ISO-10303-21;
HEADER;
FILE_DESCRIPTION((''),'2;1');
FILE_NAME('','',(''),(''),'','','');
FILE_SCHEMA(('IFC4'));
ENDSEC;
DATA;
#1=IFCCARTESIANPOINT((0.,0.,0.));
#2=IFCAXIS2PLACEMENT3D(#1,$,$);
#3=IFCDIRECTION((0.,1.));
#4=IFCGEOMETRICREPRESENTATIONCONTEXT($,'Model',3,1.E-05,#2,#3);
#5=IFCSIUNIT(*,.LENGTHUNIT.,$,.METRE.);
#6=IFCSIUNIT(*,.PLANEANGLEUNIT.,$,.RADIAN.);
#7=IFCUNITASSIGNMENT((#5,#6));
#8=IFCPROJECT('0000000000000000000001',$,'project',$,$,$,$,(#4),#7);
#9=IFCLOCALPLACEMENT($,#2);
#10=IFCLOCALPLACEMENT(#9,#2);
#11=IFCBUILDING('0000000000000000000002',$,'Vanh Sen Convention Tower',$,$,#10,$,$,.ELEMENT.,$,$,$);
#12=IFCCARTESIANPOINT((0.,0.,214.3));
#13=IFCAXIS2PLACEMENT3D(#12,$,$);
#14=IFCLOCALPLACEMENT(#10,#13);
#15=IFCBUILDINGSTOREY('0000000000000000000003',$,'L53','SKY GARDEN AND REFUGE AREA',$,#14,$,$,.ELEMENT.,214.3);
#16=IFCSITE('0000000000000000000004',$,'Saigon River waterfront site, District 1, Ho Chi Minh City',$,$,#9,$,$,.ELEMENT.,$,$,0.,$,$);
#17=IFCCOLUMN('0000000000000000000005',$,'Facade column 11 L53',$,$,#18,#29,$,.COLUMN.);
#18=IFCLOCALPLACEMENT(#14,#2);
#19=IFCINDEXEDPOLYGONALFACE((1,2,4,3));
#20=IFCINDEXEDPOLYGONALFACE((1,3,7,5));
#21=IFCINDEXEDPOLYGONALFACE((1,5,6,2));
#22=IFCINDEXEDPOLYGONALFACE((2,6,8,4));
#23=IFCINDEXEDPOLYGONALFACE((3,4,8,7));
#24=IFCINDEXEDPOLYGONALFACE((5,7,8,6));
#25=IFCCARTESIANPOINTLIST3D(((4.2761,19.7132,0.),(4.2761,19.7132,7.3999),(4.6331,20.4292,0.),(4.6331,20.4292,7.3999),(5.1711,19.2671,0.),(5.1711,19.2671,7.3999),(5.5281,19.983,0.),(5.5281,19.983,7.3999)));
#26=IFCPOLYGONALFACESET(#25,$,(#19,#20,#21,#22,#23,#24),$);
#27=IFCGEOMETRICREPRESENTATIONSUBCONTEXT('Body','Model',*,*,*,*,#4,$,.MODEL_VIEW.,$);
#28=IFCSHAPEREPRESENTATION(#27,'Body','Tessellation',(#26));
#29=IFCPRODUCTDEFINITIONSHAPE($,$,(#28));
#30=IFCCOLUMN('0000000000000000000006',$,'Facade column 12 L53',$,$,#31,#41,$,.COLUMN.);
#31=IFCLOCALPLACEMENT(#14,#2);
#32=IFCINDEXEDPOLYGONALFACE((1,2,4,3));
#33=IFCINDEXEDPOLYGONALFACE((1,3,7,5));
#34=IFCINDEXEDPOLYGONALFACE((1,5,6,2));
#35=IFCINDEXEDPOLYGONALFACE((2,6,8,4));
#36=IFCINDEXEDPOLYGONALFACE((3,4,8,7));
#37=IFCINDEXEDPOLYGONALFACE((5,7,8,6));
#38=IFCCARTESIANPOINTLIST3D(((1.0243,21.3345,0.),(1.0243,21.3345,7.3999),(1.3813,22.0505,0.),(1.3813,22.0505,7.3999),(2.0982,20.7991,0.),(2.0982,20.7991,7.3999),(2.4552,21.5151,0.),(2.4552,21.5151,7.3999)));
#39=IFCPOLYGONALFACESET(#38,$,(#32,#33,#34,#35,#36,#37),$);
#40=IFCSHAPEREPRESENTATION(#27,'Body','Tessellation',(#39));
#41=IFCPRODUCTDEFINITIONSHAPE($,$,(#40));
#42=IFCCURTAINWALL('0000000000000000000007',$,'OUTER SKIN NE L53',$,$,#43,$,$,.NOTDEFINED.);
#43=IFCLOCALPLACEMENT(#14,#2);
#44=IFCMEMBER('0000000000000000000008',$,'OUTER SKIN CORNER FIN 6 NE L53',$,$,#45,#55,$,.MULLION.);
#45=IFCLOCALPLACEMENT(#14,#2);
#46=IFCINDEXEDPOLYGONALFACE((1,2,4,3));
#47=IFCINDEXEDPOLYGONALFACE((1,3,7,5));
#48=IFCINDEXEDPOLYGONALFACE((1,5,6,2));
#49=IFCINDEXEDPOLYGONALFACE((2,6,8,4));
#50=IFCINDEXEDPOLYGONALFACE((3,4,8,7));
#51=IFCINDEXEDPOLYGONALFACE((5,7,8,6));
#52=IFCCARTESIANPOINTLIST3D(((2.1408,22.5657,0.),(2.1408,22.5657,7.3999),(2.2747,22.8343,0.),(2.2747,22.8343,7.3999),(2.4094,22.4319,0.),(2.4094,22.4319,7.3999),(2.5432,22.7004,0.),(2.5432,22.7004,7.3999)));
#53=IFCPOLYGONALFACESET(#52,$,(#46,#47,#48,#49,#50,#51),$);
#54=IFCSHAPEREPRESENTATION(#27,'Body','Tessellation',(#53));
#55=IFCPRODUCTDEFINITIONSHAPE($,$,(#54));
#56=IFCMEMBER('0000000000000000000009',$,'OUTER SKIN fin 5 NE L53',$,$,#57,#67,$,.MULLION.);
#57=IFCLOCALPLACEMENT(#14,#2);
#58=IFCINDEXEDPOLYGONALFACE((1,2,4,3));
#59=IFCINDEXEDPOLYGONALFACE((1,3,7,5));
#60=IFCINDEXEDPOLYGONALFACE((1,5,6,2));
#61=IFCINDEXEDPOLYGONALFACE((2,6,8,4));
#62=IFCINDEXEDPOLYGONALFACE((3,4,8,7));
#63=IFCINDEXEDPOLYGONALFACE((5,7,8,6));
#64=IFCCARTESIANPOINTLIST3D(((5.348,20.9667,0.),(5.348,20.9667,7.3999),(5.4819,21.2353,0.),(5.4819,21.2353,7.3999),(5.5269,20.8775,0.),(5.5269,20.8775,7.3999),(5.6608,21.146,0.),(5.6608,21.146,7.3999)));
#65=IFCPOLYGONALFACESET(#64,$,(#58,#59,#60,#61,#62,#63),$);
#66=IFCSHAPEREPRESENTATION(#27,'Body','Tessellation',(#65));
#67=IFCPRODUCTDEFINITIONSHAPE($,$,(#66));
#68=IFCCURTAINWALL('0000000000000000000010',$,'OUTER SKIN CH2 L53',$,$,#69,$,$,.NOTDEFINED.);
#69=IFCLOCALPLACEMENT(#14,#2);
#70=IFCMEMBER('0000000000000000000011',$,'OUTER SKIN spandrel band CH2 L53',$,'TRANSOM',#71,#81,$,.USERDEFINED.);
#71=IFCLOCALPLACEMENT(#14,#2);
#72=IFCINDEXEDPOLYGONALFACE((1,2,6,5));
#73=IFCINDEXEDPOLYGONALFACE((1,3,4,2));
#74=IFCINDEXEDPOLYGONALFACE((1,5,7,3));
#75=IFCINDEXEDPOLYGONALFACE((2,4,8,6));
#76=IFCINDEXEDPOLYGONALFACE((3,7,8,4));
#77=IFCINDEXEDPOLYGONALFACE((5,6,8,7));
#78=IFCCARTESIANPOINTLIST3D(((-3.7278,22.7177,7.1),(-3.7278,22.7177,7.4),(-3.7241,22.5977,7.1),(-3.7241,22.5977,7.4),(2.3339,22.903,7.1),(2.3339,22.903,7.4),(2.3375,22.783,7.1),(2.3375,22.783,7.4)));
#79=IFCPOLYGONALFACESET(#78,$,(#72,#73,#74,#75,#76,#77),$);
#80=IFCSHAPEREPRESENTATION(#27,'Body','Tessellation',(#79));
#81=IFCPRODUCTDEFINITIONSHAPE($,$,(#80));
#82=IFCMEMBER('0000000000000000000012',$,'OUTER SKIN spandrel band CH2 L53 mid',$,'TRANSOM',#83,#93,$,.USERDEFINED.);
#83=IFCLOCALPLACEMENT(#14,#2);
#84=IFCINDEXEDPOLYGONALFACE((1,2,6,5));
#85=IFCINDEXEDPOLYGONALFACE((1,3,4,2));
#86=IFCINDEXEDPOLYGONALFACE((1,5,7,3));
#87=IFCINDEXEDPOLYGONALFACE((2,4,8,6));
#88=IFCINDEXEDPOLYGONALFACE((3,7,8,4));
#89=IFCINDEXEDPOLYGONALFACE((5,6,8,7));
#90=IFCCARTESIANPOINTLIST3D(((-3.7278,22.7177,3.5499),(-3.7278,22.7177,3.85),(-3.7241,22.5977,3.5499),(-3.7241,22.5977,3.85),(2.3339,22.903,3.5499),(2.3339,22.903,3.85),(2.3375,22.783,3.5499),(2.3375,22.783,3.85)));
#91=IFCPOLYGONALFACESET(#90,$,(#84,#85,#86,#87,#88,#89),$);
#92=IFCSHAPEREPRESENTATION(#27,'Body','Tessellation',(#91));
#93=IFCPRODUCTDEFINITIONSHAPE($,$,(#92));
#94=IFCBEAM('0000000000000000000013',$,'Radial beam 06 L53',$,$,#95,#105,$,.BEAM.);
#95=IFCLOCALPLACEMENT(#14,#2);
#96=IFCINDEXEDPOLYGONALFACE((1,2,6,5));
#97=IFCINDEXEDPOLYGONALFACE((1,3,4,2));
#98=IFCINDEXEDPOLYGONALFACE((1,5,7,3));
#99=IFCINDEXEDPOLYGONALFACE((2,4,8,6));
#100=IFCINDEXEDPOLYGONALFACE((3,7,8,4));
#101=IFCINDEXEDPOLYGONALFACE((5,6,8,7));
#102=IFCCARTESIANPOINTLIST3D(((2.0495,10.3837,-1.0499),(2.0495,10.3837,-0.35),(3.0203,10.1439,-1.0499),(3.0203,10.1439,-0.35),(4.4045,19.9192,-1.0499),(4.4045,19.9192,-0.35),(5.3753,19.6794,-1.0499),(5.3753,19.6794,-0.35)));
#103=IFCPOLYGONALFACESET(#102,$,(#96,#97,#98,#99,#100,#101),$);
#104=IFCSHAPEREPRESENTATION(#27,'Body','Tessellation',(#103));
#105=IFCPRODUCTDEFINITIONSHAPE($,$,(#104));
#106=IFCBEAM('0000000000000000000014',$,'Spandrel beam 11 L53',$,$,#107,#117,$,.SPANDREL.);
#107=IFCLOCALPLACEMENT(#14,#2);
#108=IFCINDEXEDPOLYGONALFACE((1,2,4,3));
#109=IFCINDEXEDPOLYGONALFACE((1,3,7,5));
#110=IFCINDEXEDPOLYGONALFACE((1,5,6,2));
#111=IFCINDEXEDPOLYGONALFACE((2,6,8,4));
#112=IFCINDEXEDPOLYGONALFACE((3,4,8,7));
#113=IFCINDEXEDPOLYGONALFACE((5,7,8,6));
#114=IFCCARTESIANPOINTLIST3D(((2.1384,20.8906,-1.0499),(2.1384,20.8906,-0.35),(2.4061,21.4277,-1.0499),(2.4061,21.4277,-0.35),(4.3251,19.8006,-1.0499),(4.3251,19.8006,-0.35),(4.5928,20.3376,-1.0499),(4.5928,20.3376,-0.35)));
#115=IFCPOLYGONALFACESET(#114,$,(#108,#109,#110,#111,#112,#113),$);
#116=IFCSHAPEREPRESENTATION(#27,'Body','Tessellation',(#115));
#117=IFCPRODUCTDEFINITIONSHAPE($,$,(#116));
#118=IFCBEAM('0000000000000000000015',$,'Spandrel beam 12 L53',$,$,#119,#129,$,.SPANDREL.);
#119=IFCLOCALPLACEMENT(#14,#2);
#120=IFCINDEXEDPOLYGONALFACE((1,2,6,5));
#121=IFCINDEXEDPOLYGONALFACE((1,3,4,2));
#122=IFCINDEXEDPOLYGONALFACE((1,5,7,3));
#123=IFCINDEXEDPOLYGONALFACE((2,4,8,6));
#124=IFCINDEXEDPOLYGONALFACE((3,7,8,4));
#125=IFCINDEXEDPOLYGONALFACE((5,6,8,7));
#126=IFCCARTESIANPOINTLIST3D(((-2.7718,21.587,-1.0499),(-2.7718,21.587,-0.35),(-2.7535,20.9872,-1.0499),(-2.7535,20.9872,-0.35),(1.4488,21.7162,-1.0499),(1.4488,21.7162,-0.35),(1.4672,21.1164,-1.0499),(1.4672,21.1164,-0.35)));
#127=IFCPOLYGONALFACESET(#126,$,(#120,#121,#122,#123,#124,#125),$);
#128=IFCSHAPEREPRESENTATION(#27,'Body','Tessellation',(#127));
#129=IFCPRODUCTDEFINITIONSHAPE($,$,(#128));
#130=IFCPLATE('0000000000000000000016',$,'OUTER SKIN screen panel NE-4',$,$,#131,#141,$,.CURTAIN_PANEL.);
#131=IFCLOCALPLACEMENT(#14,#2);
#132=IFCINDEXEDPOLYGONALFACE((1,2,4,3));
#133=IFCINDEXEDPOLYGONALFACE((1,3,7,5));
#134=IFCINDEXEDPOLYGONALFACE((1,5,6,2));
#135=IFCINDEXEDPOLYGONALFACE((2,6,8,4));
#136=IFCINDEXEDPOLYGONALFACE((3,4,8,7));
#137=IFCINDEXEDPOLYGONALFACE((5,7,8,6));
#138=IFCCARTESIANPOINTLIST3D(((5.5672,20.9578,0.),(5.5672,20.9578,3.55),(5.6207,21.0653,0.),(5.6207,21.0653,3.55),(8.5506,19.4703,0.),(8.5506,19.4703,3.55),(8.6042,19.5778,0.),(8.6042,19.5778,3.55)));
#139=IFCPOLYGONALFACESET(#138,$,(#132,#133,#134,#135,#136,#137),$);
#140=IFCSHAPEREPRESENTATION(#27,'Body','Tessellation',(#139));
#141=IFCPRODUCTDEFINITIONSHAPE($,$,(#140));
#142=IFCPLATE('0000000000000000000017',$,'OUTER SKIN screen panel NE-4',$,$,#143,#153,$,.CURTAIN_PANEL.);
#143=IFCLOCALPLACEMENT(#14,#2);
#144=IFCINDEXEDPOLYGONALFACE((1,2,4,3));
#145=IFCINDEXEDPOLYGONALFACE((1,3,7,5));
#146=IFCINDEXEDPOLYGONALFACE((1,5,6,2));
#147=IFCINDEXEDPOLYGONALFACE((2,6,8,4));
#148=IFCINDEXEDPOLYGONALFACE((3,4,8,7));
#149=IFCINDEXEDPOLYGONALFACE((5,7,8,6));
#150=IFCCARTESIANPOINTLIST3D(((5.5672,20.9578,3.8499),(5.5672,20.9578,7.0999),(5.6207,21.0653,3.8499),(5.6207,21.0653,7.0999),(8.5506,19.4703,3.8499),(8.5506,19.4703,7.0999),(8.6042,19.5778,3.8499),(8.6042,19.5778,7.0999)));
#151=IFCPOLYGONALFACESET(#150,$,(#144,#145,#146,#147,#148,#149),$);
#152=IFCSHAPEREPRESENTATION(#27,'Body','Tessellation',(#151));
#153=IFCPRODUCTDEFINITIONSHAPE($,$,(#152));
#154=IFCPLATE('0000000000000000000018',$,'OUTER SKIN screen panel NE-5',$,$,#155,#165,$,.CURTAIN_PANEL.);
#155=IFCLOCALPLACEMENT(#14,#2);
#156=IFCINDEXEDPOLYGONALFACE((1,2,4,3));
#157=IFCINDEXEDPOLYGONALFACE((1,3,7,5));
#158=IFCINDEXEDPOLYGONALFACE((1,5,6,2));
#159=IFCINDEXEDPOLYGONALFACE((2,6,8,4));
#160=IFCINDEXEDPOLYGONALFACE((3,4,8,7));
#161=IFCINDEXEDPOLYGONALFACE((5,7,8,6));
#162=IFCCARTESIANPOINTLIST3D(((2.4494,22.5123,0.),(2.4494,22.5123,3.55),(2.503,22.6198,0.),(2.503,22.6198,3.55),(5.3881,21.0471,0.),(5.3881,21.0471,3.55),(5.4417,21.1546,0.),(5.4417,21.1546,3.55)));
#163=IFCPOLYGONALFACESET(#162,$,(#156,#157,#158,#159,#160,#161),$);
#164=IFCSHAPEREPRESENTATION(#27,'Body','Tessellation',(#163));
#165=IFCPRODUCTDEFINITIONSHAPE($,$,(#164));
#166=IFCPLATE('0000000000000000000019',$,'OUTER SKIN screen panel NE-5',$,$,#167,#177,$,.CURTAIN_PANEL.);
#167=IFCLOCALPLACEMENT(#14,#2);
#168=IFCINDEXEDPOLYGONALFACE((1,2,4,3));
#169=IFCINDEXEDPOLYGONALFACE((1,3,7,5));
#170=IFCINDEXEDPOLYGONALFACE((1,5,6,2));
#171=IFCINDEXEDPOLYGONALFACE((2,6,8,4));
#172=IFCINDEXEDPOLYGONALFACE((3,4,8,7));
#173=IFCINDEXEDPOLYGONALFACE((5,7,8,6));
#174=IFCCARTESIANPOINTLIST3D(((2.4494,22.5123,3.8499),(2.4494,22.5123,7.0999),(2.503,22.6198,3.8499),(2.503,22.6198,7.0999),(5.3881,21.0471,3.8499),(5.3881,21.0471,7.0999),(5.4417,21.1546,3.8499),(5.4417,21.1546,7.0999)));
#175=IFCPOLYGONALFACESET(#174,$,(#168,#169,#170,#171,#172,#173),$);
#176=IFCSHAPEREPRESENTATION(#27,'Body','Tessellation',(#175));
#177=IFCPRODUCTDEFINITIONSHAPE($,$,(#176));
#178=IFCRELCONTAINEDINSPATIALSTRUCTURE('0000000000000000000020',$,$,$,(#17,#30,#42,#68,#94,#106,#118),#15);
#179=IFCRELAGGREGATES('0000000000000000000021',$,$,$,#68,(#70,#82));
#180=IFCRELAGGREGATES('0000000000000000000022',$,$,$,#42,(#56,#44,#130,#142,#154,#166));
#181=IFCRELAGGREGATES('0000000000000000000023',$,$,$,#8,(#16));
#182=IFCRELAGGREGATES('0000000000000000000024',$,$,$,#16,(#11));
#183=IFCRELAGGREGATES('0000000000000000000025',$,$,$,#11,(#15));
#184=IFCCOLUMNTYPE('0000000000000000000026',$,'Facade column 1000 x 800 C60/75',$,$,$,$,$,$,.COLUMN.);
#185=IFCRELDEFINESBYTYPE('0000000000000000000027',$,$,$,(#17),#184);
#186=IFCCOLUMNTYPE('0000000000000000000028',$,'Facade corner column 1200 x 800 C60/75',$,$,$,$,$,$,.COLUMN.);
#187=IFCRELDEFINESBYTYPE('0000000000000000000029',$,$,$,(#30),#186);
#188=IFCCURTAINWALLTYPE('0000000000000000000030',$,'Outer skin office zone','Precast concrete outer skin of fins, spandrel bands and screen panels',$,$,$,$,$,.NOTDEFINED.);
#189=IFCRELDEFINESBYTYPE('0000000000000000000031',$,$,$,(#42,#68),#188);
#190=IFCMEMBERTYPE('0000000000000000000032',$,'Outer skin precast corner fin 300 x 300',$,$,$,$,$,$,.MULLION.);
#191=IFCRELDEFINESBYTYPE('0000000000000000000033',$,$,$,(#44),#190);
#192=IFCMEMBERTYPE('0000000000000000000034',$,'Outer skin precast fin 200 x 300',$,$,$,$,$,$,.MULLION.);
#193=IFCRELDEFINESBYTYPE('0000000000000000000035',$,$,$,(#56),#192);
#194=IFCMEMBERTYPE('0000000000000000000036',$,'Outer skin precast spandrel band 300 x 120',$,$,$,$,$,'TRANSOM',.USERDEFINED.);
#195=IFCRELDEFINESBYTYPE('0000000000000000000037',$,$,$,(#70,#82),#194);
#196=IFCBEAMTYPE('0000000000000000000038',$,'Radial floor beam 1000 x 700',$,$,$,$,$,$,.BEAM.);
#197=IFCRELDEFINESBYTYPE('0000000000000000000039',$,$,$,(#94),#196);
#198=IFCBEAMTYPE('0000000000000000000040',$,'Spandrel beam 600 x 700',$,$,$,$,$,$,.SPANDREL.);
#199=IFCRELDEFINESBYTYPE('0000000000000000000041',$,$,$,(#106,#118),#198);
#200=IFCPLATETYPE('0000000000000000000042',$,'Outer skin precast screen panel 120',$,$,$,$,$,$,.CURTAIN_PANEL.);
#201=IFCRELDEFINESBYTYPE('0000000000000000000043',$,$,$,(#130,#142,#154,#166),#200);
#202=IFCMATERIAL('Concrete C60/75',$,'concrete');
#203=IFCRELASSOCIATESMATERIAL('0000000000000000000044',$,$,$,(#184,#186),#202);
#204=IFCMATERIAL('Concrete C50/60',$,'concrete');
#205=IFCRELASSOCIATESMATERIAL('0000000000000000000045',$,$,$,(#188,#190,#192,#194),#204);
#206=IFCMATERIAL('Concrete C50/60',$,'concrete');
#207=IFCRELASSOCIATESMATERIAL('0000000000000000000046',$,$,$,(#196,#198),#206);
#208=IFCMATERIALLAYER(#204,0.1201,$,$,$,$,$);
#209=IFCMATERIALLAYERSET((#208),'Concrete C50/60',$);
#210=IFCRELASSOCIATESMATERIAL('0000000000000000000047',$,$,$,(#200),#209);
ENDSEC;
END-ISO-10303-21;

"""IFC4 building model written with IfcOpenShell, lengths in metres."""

from ifc_helpers import new_model, si_unit, direction, frame, origin, origin_2d, place, context, subcontext, project, spatial, rectangle, extrude, material, layer, layer_set, material_profile, profile_set, type_object, element, aggregate, save


model = new_model("IFC4")

# Units and contexts
model_context = context("Model", 3, precision=1e-05, world=origin(), true_north=direction((0.0, 1.0)))
body_context = subcontext(model_context, "Body", "Model", "MODEL_VIEW")
ifc_project = project(units=[si_unit("LENGTHUNIT", "METRE"), si_unit("PLANEANGLEUNIT", "RADIAN")], contexts=[model_context])

# Site, building, storey
site_placement = place(None, origin())
site = spatial("IfcSite", under=ifc_project, at=site_placement, Name="Saigon River waterfront site, District 1, Ho Chi Minh City", CompositionType="ELEMENT", RefElevation=0.0)
building_placement = place(site_placement, origin())
building = spatial("IfcBuilding", under=site, at=building_placement, Name="Vanh Sen Convention Tower", CompositionType="ELEMENT")
storey_placement = place(building_placement, frame((0.0, 0.0, 214.3)))
storey = spatial("IfcBuildingStorey", under=building, at=storey_placement, Name="L53", Description="SKY GARDEN AND REFUGE AREA", CompositionType="ELEMENT", Elevation=214.3)

# Columns
ifc_material_1 = material(Name="Concrete C60/75", Category="concrete")
ifc_material_profile_1 = material_profile(ifc_material_1, rectangle(XDim=1.0, YDim=0.8, at=origin_2d()), Name="RC 1000X800")
ifc_profile_set_1 = profile_set([ifc_material_profile_1], Name="Concrete C60/75")
column_type_1 = type_object("IfcColumnType", Name="Facade column 1000 x 800 C60/75", PredefinedType="COLUMN", material=ifc_profile_set_1)
column_1_placement = place(storey_placement, frame((4.9021, 19.8481, 0.0), z_axis=(0.0, 0.0, 1.0), x_axis=(-0.894934, 0.446198, 0.0)))
element("IfcColumn", 1, at=column_1_placement, inside=storey, type_object=column_type_1, Name="Facade column 11 L53", PredefinedType="COLUMN", context=body_context, shape_type="SweptSolid", body=[
    extrude(rectangle(XDim=1.0, YDim=0.8, at=origin_2d()), origin(), (0.0, 0.0, 1.0), 7.3999),
])
ifc_material_profile_2 = material_profile(ifc_material_1, rectangle(XDim=1.2, YDim=0.8, at=origin_2d()), Name="RC 1200X800")
ifc_profile_set_2 = profile_set([ifc_material_profile_2], Name="Concrete C60/75")
column_type_2 = type_object("IfcColumnType", Name="Facade corner column 1200 x 800 C60/75", PredefinedType="COLUMN", material=ifc_profile_set_2)
column_2_placement = place(storey_placement, frame((1.7397, 21.4248, 0.0), z_axis=(0.0, 0.0, 1.0), x_axis=(-0.894934, 0.446198, 0.0)))
element("IfcColumn", 2, at=column_2_placement, inside=storey, type_object=column_type_2, Name="Facade column 12 L53", PredefinedType="COLUMN", context=body_context, shape_type="SweptSolid", body=[
    extrude(rectangle(XDim=1.2, YDim=0.8, at=origin_2d()), origin(), (0.0, 0.0, 1.0), 7.3999),
])

# Curtain walls, members
ifc_material_2 = material(Name="Concrete C50/60", Category="concrete")
curtain_wall_type = type_object("IfcCurtainWallType", Name="Outer skin office zone", Description="Precast concrete outer skin of fins, spandrel bands and screen panels", PredefinedType="NOTDEFINED", material=ifc_material_2)
curtain_wall_1_placement = place(storey_placement, origin())
curtain_wall_1 = element("IfcCurtainWall", 3, at=curtain_wall_1_placement, inside=storey, type_object=curtain_wall_type, Name="OUTER SKIN NE L53", PredefinedType="NOTDEFINED")
ifc_material_profile_3 = material_profile(ifc_material_2, rectangle(XDim=0.3, YDim=0.3, at=origin_2d()), Name="Outer skin precast corner fin 300 x 300")
ifc_profile_set_3 = profile_set([ifc_material_profile_3], Name="Concrete C50/60")
member_type_1 = type_object("IfcMemberType", Name="Outer skin precast corner fin 300 x 300", PredefinedType="MULLION", material=ifc_profile_set_3)
member_1_placement = place(storey_placement, frame((2.342, 22.6331, 0.0), z_axis=(0.0, 0.0, 1.0), x_axis=(-0.894934, 0.446198, 0.0)))
member_1 = element("IfcMember", 4, at=member_1_placement, type_object=member_type_1, Name="OUTER SKIN CORNER FIN 6 NE L53", PredefinedType="MULLION", context=body_context, shape_type="SweptSolid", body=[
    extrude(rectangle(XDim=0.3, YDim=0.3, at=origin_2d()), origin(), (0.0, 0.0, 1.0), 7.3999),
])
ifc_material_profile_4 = material_profile(ifc_material_2, rectangle(XDim=0.2, YDim=0.3, at=origin_2d()), Name="Outer skin precast fin 200 x 300")
ifc_profile_set_4 = profile_set([ifc_material_profile_4], Name="Concrete C50/60")
member_type_2 = type_object("IfcMemberType", Name="Outer skin precast fin 200 x 300", PredefinedType="MULLION", material=ifc_profile_set_4)
member_2_placement = place(storey_placement, frame((5.5044, 21.0564, 0.0), z_axis=(0.0, 0.0, 1.0), x_axis=(-0.894934, 0.446198, 0.0)))
member_2 = element("IfcMember", 5, at=member_2_placement, type_object=member_type_2, Name="OUTER SKIN fin 5 NE L53", PredefinedType="MULLION", context=body_context, shape_type="SweptSolid", body=[
    extrude(rectangle(XDim=0.2, YDim=0.3, at=origin_2d()), origin(), (0.0, 0.0, 1.0), 7.3999),
])
curtain_wall_2_placement = place(storey_placement, origin())
curtain_wall_2 = element("IfcCurtainWall", 6, at=curtain_wall_2_placement, inside=storey, type_object=curtain_wall_type, Name="OUTER SKIN CH2 L53", PredefinedType="NOTDEFINED")
ifc_material_profile_5 = material_profile(ifc_material_2, rectangle(XDim=0.1201, YDim=0.3, at=origin_2d()), Name="Outer skin precast spandrel band 300 x 120")
ifc_profile_set_5 = profile_set([ifc_material_profile_5], Name="Concrete C50/60")
member_type_3 = type_object("IfcMemberType", Name="Outer skin precast spandrel band 300 x 120", ElementType="TRANSOM", PredefinedType="USERDEFINED", material=ifc_profile_set_5)
member_3_placement = place(storey_placement, frame((2.3357, 22.843, 7.25), z_axis=(-0.999533, -0.030556, 0.0), x_axis=(0.030556, -0.999533, 0.0)))
member_3 = element("IfcMember", 7, at=member_3_placement, type_object=member_type_3, Name="OUTER SKIN spandrel band CH2 L53", ObjectType="TRANSOM", PredefinedType="USERDEFINED", context=body_context, shape_type="SweptSolid", body=[
    extrude(rectangle(XDim=0.1201, YDim=0.3, at=origin_2d()), origin(), (0.0, 0.0, 1.0), 6.0645),
])
member_4_placement = place(storey_placement, frame((2.3357, 22.843, 3.7), z_axis=(-0.999533, -0.030556, 0.0), x_axis=(0.030556, -0.999533, 0.0)))
member_4 = element("IfcMember", 8, at=member_4_placement, type_object=member_type_3, Name="OUTER SKIN spandrel band CH2 L53 mid", ObjectType="TRANSOM", PredefinedType="USERDEFINED", context=body_context, shape_type="SweptSolid", body=[
    extrude(rectangle(XDim=0.1201, YDim=0.3, at=origin_2d()), origin(), (0.0, 0.0, 1.0), 6.0645),
])
aggregate(curtain_wall_2, [member_3, member_4])

# Beams
ifc_material_3 = material(Name="Concrete C50/60", Category="concrete")
ifc_material_profile_6 = material_profile(ifc_material_3, rectangle(XDim=1.0, YDim=0.7, at=origin_2d()), Name="RC 1000X700")
ifc_profile_set_6 = profile_set([ifc_material_profile_6], Name="Concrete C50/60")
beam_type_1 = type_object("IfcBeamType", Name="Radial floor beam 1000 x 700", PredefinedType="BEAM", material=ifc_profile_set_6)
beam_1_placement = place(storey_placement, frame((4.8899, 19.7993, -0.7), z_axis=(-0.239768, -0.97083, 0.0), x_axis=(0.97083, -0.239768, 0.0)))
element("IfcBeam", 9, at=beam_1_placement, inside=storey, type_object=beam_type_1, Name="Radial beam 06 L53", PredefinedType="BEAM", context=body_context, shape_type="SweptSolid", body=[
    extrude(rectangle(XDim=1.0, YDim=0.7, at=origin_2d()), origin(), (0.0, 0.0, 1.0), 9.822),
])
ifc_material_profile_7 = material_profile(ifc_material_3, rectangle(XDim=0.6001, YDim=0.7, at=origin_2d()), Name="RC 600X700")
ifc_profile_set_7 = profile_set([ifc_material_profile_7], Name="Concrete C50/60")
beam_type_2 = type_object("IfcBeamType", Name="Spandrel beam 600 x 700", PredefinedType="SPANDREL", material=ifc_profile_set_7)
beam_2_placement = place(storey_placement, frame((4.459, 20.0691, -0.7), z_axis=(-0.894966, 0.446134, 0.0), x_axis=(-0.446134, -0.894966, 0.0)))
element("IfcBeam", 10, at=beam_2_placement, inside=storey, type_object=beam_type_2, Name="Spandrel beam 11 L53", PredefinedType="SPANDREL", context=body_context, shape_type="SweptSolid", body=[
    extrude(rectangle(XDim=0.6001, YDim=0.7, at=origin_2d()), origin(), (0.0, 0.0, 1.0), 2.4434),
])
beam_3_placement = place(storey_placement, frame((1.458, 21.4163, -0.7), z_axis=(-0.999532, -0.030585, 0.0), x_axis=(0.030585, -0.999532, 0.0)))
element("IfcBeam", 11, at=beam_3_placement, inside=storey, type_object=beam_type_2, Name="Spandrel beam 12 L53", PredefinedType="SPANDREL", context=body_context, shape_type="SweptSolid", body=[
    extrude(rectangle(XDim=0.6001, YDim=0.7, at=origin_2d()), origin(), (0.0, 0.0, 1.0), 4.2227),
])

# Plates
ifc_layer_1 = layer(ifc_material_2, 0.1201)
ifc_layer_set_1 = layer_set([ifc_layer_1], Name="Concrete C50/60")
plate_type = type_object("IfcPlateType", Name="Outer skin precast screen panel 120", PredefinedType="CURTAIN_PANEL", material=ifc_layer_set_1)
plate_1_placement = place(storey_placement, frame((7.0857, 20.2678, 0.0), z_axis=(0.0, 0.0, 1.0), x_axis=(-0.894936, 0.446195, 0.0)))
plate_1 = element("IfcPlate", 12, at=plate_1_placement, type_object=plate_type, Name="OUTER SKIN screen panel NE-4", PredefinedType="CURTAIN_PANEL", context=body_context, shape_type="SweptSolid", body=[
    extrude(rectangle(XDim=3.3337, YDim=0.1201, at=origin_2d()), origin(), (0.0, 0.0, 1.0), 3.55),
])
plate_2_placement = place(storey_placement, frame((7.0857, 20.2678, 3.8499), z_axis=(0.0, 0.0, 1.0), x_axis=(-0.894936, 0.446195, 0.0)))
plate_2 = element("IfcPlate", 13, at=plate_2_placement, type_object=plate_type, Name="OUTER SKIN screen panel NE-4", PredefinedType="CURTAIN_PANEL", context=body_context, shape_type="SweptSolid", body=[
    extrude(rectangle(XDim=3.3337, YDim=0.1201, at=origin_2d()), origin(), (0.0, 0.0, 1.0), 3.25),
])
plate_3_placement = place(storey_placement, frame((3.9456, 21.8335, 0.0), z_axis=(0.0, 0.0, 1.0), x_axis=(-0.89493, 0.446206, 0.0)))
plate_3 = element("IfcPlate", 14, at=plate_3_placement, type_object=plate_type, Name="OUTER SKIN screen panel NE-5", PredefinedType="CURTAIN_PANEL", context=body_context, shape_type="SweptSolid", body=[
    extrude(rectangle(XDim=3.2837, YDim=0.1201, at=origin_2d()), origin(), (0.0, 0.0, 1.0), 3.55),
])
plate_4_placement = place(storey_placement, frame((3.9456, 21.8335, 3.8499), z_axis=(0.0, 0.0, 1.0), x_axis=(-0.89493, 0.446206, 0.0)))
plate_4 = element("IfcPlate", 15, at=plate_4_placement, type_object=plate_type, Name="OUTER SKIN screen panel NE-5", PredefinedType="CURTAIN_PANEL", context=body_context, shape_type="SweptSolid", body=[
    extrude(rectangle(XDim=3.2837, YDim=0.1201, at=origin_2d()), origin(), (0.0, 0.0, 1.0), 3.25),
])
aggregate(curtain_wall_1, [member_2, member_1, plate_1, plate_2, plate_3, plate_4])

save(model, "model.ifc")
